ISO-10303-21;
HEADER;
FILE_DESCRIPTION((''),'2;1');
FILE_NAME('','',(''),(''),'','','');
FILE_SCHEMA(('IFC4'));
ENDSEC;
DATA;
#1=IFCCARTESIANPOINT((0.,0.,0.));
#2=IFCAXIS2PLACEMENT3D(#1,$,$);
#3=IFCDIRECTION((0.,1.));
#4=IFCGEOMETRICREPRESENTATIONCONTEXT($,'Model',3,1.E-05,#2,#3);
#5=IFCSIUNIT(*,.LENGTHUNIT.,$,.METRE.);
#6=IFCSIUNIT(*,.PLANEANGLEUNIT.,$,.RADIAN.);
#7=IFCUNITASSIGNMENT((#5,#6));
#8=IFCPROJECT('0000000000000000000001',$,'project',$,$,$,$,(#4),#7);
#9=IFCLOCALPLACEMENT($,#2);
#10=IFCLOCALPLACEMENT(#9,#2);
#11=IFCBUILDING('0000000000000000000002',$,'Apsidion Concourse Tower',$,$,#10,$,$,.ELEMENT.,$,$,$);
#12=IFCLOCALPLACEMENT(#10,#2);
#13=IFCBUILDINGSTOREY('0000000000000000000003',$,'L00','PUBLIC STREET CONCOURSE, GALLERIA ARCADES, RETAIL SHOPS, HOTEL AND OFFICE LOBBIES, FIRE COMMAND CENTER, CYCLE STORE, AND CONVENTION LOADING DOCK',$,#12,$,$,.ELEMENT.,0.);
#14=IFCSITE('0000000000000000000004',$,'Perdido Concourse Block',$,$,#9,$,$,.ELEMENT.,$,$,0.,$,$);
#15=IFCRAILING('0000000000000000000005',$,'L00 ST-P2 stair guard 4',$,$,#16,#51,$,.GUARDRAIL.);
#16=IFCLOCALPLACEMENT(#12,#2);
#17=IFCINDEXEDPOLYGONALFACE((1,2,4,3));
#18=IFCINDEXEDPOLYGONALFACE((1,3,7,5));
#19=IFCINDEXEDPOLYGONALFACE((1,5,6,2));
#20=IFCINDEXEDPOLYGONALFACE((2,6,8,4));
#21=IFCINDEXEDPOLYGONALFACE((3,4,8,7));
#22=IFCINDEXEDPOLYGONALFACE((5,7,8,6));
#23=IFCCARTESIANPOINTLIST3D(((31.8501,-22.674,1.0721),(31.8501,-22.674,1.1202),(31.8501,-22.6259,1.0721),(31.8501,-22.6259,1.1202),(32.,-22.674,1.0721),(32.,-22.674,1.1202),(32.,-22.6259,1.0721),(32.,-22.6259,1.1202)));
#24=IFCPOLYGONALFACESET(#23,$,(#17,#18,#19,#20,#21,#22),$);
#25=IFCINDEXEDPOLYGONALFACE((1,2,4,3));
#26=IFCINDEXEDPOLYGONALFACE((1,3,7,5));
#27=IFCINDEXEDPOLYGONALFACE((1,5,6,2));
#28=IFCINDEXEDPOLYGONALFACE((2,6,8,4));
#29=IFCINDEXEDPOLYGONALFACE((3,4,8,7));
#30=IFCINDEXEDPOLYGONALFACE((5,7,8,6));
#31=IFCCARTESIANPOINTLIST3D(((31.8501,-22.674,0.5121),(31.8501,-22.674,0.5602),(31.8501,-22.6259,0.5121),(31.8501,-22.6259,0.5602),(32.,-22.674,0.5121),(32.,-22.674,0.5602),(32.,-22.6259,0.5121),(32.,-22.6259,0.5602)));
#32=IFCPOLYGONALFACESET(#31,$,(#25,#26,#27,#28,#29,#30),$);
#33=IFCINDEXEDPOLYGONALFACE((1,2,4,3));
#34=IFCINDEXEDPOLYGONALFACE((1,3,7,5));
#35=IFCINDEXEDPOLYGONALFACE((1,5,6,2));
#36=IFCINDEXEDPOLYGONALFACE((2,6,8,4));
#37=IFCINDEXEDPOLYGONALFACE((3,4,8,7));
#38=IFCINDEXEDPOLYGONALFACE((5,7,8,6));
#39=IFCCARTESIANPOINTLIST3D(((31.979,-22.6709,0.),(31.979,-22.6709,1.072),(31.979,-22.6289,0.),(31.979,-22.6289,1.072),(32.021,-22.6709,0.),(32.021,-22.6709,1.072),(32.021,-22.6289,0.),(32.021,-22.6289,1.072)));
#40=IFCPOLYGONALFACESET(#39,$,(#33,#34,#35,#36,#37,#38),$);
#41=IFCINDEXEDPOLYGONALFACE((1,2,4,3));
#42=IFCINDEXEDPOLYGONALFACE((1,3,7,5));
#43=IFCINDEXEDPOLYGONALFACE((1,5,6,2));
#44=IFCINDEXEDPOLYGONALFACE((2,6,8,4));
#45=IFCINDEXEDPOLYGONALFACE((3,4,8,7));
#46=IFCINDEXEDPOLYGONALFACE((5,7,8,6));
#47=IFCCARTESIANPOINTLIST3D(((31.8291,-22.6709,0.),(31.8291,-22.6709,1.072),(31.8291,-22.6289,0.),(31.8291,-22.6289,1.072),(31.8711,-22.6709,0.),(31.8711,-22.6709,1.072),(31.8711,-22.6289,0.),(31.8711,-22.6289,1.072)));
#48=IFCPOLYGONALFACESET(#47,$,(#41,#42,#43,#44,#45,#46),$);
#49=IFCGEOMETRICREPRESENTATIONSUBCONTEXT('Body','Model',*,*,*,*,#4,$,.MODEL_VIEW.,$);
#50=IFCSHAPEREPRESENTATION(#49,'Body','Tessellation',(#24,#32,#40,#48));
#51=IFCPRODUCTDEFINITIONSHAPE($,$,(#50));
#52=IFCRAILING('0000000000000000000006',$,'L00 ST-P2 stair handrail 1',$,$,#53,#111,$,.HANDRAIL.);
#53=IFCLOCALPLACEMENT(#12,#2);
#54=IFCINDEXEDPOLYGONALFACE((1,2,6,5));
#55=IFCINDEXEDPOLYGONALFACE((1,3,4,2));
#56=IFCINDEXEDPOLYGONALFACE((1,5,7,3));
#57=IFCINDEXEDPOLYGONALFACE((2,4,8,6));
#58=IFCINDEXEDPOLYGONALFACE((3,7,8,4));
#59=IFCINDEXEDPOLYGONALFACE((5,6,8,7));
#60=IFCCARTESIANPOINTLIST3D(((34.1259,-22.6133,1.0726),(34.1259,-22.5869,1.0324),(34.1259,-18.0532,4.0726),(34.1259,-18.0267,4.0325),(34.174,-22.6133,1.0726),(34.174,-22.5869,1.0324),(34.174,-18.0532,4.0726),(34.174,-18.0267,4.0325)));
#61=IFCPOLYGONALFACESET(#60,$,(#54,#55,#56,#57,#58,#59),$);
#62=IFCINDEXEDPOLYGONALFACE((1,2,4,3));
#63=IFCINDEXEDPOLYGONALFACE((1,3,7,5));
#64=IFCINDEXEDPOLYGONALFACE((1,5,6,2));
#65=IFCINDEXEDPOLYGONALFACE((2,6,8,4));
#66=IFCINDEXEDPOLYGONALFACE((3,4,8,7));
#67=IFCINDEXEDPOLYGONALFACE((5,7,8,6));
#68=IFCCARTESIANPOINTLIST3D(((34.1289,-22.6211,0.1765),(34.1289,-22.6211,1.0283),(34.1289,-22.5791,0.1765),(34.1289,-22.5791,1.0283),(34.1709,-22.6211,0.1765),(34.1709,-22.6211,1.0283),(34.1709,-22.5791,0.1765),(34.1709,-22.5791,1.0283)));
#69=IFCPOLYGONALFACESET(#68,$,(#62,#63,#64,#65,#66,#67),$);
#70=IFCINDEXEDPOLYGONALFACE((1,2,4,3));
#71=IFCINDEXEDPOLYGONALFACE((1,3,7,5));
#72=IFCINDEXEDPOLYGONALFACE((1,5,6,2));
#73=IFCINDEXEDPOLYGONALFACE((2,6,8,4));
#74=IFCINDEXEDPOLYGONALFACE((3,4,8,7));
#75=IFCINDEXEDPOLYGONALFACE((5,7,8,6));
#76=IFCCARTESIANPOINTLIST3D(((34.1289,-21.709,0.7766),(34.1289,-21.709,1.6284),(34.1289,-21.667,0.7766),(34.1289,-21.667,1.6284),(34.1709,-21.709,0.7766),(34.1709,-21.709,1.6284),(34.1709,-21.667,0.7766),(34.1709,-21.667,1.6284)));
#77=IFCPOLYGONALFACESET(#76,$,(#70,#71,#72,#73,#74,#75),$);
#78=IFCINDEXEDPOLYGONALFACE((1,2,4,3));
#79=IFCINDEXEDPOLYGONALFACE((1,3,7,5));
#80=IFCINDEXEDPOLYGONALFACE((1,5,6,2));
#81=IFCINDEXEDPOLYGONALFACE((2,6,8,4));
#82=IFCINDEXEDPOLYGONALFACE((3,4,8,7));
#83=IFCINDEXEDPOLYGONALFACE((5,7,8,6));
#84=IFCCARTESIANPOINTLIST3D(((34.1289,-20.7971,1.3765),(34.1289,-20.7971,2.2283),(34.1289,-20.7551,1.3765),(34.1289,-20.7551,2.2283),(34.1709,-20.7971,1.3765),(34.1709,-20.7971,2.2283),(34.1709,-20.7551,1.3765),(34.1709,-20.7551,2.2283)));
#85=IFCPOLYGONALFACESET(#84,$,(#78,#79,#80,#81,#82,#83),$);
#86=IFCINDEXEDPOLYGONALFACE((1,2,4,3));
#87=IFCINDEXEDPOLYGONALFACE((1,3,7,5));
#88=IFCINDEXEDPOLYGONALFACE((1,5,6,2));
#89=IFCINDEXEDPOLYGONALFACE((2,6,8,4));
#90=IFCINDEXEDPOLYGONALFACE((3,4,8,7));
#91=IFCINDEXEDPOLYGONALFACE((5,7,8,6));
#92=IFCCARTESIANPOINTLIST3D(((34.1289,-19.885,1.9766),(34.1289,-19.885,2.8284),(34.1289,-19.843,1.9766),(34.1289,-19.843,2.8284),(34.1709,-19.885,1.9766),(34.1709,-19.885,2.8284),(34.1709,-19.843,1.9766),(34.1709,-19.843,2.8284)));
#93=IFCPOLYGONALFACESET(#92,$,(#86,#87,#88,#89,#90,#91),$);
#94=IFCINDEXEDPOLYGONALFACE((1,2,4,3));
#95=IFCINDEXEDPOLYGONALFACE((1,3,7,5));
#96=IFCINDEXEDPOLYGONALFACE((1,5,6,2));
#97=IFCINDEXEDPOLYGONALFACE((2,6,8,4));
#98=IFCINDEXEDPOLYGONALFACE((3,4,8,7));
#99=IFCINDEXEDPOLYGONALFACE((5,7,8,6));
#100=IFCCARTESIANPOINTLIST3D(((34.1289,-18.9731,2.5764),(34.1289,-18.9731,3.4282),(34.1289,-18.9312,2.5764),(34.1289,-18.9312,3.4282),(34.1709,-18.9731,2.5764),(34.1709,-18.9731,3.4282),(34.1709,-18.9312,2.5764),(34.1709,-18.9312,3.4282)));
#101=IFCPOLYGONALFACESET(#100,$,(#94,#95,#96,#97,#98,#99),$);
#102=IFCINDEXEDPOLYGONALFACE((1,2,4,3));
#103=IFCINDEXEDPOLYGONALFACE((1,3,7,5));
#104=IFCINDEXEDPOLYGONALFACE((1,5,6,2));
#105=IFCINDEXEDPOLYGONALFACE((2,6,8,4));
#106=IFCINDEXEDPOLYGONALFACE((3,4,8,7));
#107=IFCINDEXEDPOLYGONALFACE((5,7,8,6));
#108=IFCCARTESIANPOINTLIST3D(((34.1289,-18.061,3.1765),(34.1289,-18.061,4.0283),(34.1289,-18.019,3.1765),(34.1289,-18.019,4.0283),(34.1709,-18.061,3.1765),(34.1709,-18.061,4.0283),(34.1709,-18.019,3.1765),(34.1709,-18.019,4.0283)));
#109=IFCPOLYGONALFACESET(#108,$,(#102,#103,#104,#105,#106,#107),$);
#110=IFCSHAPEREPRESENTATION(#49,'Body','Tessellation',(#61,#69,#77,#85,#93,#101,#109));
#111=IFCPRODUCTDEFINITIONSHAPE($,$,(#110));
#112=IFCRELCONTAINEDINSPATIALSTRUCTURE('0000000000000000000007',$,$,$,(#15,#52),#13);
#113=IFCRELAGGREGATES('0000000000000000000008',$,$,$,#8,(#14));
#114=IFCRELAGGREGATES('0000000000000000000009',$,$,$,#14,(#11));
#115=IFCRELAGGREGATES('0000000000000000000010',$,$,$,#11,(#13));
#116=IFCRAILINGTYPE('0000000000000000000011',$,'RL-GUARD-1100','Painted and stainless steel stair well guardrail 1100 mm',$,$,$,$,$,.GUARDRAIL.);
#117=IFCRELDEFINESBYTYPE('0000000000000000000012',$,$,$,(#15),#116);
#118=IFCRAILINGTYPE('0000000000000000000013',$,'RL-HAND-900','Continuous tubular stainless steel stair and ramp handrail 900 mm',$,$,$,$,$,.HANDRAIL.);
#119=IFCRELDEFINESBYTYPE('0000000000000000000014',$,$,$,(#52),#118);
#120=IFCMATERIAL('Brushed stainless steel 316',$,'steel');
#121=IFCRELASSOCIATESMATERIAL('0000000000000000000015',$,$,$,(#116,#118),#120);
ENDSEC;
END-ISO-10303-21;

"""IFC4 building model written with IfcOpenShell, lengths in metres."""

from ifc_helpers import new_model, si_unit, direction, frame, origin, origin_2d, place, context, subcontext, project, spatial, rectangle, extrude, material, type_object, element, save


model = new_model("IFC4")

# Units and contexts
model_context = context("Model", 3, precision=1e-05, world=origin(), true_north=direction((0.0, 1.0)))
body_context = subcontext(model_context, "Body", "Model", "MODEL_VIEW")
ifc_project = project(units=[si_unit("LENGTHUNIT", "METRE"), si_unit("PLANEANGLEUNIT", "RADIAN")], contexts=[model_context])

# Site, building, storey
site_placement = place(None, origin())
site = spatial("IfcSite", under=ifc_project, at=site_placement, Name="Perdido Concourse Block", CompositionType="ELEMENT", RefElevation=0.0)
building_placement = place(site_placement, origin())
building = spatial("IfcBuilding", under=site, at=building_placement, Name="Apsidion Concourse Tower", CompositionType="ELEMENT")
storey_placement = place(building_placement, origin())
storey = spatial("IfcBuildingStorey", under=building, at=storey_placement, Name="L00", Description="PUBLIC STREET CONCOURSE, GALLERIA ARCADES, RETAIL SHOPS, HOTEL AND OFFICE LOBBIES, FIRE COMMAND CENTER, CYCLE STORE, AND CONVENTION LOADING DOCK", CompositionType="ELEMENT", Elevation=0.0)

# Shared definitions
ifc_material_1 = material(Name="Brushed stainless steel 316", Category="steel")

# Railings
railing_type_1 = type_object("IfcRailingType", Name="RL-GUARD-1100", Description="Painted and stainless steel stair well guardrail 1100 mm", PredefinedType="GUARDRAIL", material=ifc_material_1)
for number, where, name in (
    (1, (32.0, -22.6499, 0.0), "L00 ST-P2 stair guard 4"),
):
    element("IfcRailing", number, at=place(storey_placement, frame(where)), inside=storey, type_object=railing_type_1, Name=name, PredefinedType="GUARDRAIL", context=body_context, shape_type="SweptSolid", body=[
        extrude(rectangle(XDim=0.0481, YDim=0.0481, at=origin_2d()), frame((0.0, 0.0, 1.0962), z_axis=(-1.0, 0.0, 0.0), x_axis=(0.0, -1.0, 0.0)), (0.0, 0.0, 1.0), 0.1499),
        extrude(rectangle(XDim=0.0481, YDim=0.0481, at=origin_2d()), frame((0.0, 0.0, 0.5361), z_axis=(-1.0, 0.0, 0.0), x_axis=(0.0, -1.0, 0.0)), (0.0, 0.0, 1.0), 0.1499),
        extrude(rectangle(XDim=0.042, YDim=0.042, at=origin_2d()), origin(), (0.0, 0.0, 1.0), 1.072),
        extrude(rectangle(XDim=0.042, YDim=0.042, at=origin_2d()), frame((-0.1499, 0.0, 0.0)), (0.0, 0.0, 1.0), 1.072),
    ])
railing_type_2 = type_object("IfcRailingType", Name="RL-HAND-900", Description="Continuous tubular stainless steel stair and ramp handrail 900 mm", PredefinedType="HANDRAIL", material=ifc_material_1)
railing_1_placement = place(storey_placement, frame((34.1499, -22.6001, 0.1765)))
element("IfcRailing", 2, at=railing_1_placement, inside=storey, type_object=railing_type_2, Name="L00 ST-P2 stair handrail 1", PredefinedType="HANDRAIL", context=body_context, shape_type="SweptSolid", body=[
    extrude(rectangle(XDim=0.0481, YDim=0.0481, at=origin_2d()), frame((0.0, 0.0, 0.876), z_axis=(0.0, 0.83542, 0.549612), x_axis=(-1.0, 0.0, 0.0)), (0.0, 0.0, 1.0), 5.4585),
    extrude(rectangle(XDim=0.042, YDim=0.042, at=origin_2d()), origin(), (0.0, 0.0, 1.0), 0.8518),
    extrude(rectangle(XDim=0.042, YDim=0.042, at=origin_2d()), frame((0.0, 0.9121, 0.6001)), (0.0, 0.0, 1.0), 0.8518),
    extrude(rectangle(XDim=0.042, YDim=0.042, at=origin_2d()), frame((0.0, 1.824, 1.2)), (0.0, 0.0, 1.0), 0.8518),
    extrude(rectangle(XDim=0.042, YDim=0.042, at=origin_2d()), frame((0.0, 2.7361, 1.8)), (0.0, 0.0, 1.0), 0.8518),
    extrude(rectangle(XDim=0.042, YDim=0.042, at=origin_2d()), frame((0.0, 3.6479, 2.3999)), (0.0, 0.0, 1.0), 0.8518),
    extrude(rectangle(XDim=0.042, YDim=0.042, at=origin_2d()), frame((0.0, 4.5601, 3.0)), (0.0, 0.0, 1.0), 0.8518),
])

save(model, "model.ifc")
